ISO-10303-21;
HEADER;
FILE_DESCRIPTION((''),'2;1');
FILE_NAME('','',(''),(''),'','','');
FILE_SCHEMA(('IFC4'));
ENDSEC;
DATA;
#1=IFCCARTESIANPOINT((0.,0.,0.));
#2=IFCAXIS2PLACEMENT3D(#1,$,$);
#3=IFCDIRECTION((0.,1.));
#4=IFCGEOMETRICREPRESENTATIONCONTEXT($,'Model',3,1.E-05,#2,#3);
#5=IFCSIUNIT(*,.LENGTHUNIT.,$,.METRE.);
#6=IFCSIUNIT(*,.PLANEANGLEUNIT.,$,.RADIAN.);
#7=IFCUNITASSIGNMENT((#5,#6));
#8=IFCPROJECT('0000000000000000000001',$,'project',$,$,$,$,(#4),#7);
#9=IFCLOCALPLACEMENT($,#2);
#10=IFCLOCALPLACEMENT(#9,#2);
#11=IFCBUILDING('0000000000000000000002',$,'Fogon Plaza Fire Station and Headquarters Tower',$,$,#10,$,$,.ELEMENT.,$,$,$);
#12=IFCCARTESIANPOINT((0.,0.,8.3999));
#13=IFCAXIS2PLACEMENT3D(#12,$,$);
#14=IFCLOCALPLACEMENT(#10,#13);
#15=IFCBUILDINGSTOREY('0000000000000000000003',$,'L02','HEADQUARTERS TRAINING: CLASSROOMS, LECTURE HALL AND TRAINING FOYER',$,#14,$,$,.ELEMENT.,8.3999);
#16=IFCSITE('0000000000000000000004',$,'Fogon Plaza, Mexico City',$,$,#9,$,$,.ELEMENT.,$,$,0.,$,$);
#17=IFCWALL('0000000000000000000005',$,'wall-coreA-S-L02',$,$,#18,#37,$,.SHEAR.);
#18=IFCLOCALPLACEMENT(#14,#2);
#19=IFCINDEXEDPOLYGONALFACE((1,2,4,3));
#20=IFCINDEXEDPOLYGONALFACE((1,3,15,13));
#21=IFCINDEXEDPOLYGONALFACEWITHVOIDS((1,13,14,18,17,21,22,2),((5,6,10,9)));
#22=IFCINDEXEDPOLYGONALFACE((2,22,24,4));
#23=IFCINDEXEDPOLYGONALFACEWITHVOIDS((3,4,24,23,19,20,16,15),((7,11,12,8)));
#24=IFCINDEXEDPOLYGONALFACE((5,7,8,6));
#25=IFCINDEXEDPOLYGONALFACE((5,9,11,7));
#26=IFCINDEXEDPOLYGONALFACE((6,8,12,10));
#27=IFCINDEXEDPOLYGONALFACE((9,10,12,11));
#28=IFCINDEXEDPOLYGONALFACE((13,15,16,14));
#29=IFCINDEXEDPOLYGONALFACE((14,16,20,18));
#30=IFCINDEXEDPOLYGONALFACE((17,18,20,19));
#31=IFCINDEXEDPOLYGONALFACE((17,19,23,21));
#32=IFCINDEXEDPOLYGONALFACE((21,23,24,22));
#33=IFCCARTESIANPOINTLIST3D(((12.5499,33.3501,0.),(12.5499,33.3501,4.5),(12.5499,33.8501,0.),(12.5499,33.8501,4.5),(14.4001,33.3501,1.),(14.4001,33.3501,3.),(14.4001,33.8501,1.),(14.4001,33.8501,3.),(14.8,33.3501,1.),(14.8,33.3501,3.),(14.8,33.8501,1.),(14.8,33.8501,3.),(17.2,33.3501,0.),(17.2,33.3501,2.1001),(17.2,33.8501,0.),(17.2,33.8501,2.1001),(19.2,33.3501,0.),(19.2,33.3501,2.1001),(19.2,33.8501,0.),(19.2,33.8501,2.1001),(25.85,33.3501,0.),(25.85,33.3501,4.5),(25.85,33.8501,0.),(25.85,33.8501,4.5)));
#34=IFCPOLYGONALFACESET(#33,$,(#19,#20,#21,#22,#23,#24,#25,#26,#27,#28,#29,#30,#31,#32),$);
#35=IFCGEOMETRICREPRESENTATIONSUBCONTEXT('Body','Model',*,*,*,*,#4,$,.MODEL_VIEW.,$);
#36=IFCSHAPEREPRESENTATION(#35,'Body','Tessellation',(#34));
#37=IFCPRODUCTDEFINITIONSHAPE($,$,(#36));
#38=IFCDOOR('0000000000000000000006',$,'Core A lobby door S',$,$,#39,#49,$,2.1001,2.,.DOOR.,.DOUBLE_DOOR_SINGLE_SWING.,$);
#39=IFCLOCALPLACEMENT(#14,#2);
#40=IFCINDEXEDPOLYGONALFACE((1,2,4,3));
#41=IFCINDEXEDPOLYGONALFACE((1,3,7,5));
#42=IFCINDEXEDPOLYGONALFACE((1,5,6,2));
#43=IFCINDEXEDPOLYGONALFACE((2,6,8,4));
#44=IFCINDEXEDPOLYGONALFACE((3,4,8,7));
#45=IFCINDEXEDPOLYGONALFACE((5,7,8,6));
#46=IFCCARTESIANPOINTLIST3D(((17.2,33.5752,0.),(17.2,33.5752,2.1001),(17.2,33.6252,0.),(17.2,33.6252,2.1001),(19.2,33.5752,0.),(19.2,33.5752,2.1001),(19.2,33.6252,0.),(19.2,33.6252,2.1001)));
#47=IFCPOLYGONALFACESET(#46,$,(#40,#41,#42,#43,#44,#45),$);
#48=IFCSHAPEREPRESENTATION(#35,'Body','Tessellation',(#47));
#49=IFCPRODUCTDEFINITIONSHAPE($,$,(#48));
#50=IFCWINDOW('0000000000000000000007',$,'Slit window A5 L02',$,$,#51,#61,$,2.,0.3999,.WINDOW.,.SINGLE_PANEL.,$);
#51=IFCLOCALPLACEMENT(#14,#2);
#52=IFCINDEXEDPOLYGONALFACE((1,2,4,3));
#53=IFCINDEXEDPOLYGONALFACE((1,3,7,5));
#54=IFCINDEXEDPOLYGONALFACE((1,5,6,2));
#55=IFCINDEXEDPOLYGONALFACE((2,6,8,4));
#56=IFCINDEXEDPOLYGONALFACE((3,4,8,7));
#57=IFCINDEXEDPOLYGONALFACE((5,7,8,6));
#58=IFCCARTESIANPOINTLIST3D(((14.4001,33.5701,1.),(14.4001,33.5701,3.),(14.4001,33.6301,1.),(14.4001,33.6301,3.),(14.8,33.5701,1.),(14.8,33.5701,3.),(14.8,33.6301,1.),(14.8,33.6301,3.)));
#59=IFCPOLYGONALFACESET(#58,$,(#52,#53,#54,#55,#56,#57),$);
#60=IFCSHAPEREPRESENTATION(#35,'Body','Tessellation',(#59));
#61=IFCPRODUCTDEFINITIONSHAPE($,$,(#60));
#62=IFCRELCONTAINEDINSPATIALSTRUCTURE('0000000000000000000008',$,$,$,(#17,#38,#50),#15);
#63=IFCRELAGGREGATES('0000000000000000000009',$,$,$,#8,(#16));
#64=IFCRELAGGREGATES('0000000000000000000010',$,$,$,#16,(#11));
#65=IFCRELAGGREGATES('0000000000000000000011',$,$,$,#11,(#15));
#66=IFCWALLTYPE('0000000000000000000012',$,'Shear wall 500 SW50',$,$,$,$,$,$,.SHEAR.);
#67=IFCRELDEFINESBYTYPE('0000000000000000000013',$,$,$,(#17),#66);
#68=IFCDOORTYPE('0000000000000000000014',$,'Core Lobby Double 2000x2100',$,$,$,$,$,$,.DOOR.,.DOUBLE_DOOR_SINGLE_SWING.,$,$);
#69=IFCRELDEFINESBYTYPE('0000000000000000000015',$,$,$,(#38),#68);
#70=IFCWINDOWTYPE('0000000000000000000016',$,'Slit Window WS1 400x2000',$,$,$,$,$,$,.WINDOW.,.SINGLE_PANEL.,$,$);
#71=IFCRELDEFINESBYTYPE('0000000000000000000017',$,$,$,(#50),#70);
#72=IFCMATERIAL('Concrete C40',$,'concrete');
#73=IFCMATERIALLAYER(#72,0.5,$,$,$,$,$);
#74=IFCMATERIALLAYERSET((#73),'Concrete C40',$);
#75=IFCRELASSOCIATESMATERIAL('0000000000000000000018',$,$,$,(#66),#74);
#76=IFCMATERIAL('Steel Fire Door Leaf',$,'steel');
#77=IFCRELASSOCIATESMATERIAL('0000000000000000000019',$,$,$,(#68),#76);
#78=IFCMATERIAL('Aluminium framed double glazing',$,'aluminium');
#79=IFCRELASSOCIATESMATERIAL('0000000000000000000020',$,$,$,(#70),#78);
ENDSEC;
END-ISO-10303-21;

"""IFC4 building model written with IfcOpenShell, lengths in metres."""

from ifc_helpers import new_model, si_unit, direction, frame, frame_2d, origin, place, context, subcontext, project, spatial, rectangle, extrude, material, layer, layer_set, type_object, element, fill, save


model = new_model("IFC4")

# Units and contexts
model_context = context("Model", 3, precision=1e-05, world=origin(), true_north=direction((0.0, 1.0)))
body_context = subcontext(model_context, "Body", "Model", "MODEL_VIEW")
ifc_project = project(units=[si_unit("LENGTHUNIT", "METRE"), si_unit("PLANEANGLEUNIT", "RADIAN")], contexts=[model_context])

# Site, building, storey
site_placement = place(None, origin())
site = spatial("IfcSite", under=ifc_project, at=site_placement, Name="Fogon Plaza, Mexico City", CompositionType="ELEMENT", RefElevation=0.0)
building_placement = place(site_placement, origin())
building = spatial("IfcBuilding", under=site, at=building_placement, Name="Fogon Plaza Fire Station and Headquarters Tower", CompositionType="ELEMENT")
storey_placement = place(building_placement, frame((0.0, 0.0, 8.3999)))
storey = spatial("IfcBuildingStorey", under=building, at=storey_placement, Name="L02", Description="HEADQUARTERS TRAINING: CLASSROOMS, LECTURE HALL AND TRAINING FOYER", CompositionType="ELEMENT", Elevation=8.3999)

# Wall, openings, door, window
ifc_material_1 = material(Name="Concrete C40", Category="concrete")
ifc_layer_1 = layer(ifc_material_1, 0.5)
ifc_layer_set_1 = layer_set([ifc_layer_1], Name="Concrete C40")
wall_type_1 = type_object("IfcWallType", Name="Shear wall 500 SW50", PredefinedType="SHEAR", material=ifc_layer_set_1)
wall_1_placement = place(storey_placement, frame((12.55, 33.6001, 0.0), z_axis=(0.0, 0.0, 1.0), x_axis=(1.0, 0.0, 0.0)))
wall_1 = element("IfcWall", 1, at=wall_1_placement, inside=storey, type_object=wall_type_1, Name="wall-coreA-S-L02", PredefinedType="SHEAR", context=body_context, shape_type="SweptSolid", body=[
    extrude(rectangle(XDim=13.3, YDim=0.5, at=frame_2d((6.6499, 0.0))), origin(), (0.0, 0.0, 1.0), 4.5),
])
opening_1_placement = place(wall_1_placement, frame((1.8501, 0.0, 1.0)))
opening_1 = element("IfcOpeningElement", 2, at=opening_1_placement, cuts=wall_1, PredefinedType="OPENING", context=body_context, shape_type="SweptSolid", body=[
    extrude(rectangle(XDim=0.3999, YDim=2.0, at=frame_2d((0.2, 1.0))), frame((0.0, 0.26, 0.0), z_axis=(0.0, -1.0, 0.0), x_axis=(1.0, 0.0, 0.0)), (0.0, 0.0, 1.0), 0.52),
])
opening_2_placement = place(wall_1_placement, frame((4.6499, 0.0, 0.0)))
opening_2 = element("IfcOpeningElement", 3, at=opening_2_placement, cuts=wall_1, PredefinedType="OPENING", context=body_context, shape_type="SweptSolid", body=[
    extrude(rectangle(XDim=2.0, YDim=2.1001, at=frame_2d((1.0, 1.05))), frame((0.0, 0.26, 0.0), z_axis=(0.0, -1.0, 0.0), x_axis=(1.0, 0.0, 0.0)), (0.0, 0.0, 1.0), 0.52),
])
ifc_material_2 = material(Name="Steel Fire Door Leaf", Category="steel")
door_type_1 = type_object("IfcDoorType", Name="Core Lobby Double 2000x2100", OperationType="DOUBLE_DOOR_SINGLE_SWING", PredefinedType="DOOR", material=ifc_material_2)
door_1_placement = place(opening_2_placement, frame((2.0, 0.0, 0.0), z_axis=(0.0, 0.0, 1.0), x_axis=(-1.0, 0.0, 0.0)))
door_1 = element("IfcDoor", 4, at=door_1_placement, inside=storey, type_object=door_type_1, Name="Core A lobby door S", OperationType="DOUBLE_DOOR_SINGLE_SWING", OverallHeight=2.1001, OverallWidth=2.0, PredefinedType="DOOR", context=body_context, shape_type="SweptSolid", body=[
    extrude(rectangle(XDim=2.0, YDim=2.1001, at=frame_2d((1.0, 1.05))), frame((0.0, 0.0249, 0.0), z_axis=(0.0, -1.0, 0.0), x_axis=(1.0, 0.0, 0.0)), (0.0, 0.0, 1.0), 0.05),
])
fill(opening_2, door_1)
ifc_material_3 = material(Name="Aluminium framed double glazing", Category="aluminium")
window_type = type_object("IfcWindowType", Name="Slit Window WS1 400x2000", PartitioningType="SINGLE_PANEL", PredefinedType="WINDOW", material=ifc_material_3)
window_1_placement = place(opening_1_placement, origin())
window_1 = element("IfcWindow", 5, at=window_1_placement, inside=storey, type_object=window_type, Name="Slit window A5 L02", OverallHeight=2.0, OverallWidth=0.3999, PartitioningType="SINGLE_PANEL", PredefinedType="WINDOW", context=body_context, shape_type="SweptSolid", body=[
    extrude(rectangle(XDim=0.3999, YDim=2.0, at=frame_2d((0.2, 1.0))), frame((0.0, 0.03, 0.0), z_axis=(0.0, -1.0, 0.0), x_axis=(1.0, 0.0, 0.0)), (0.0, 0.0, 1.0), 0.0601),
])
fill(opening_1, window_1)

save(model, "model.ifc")
